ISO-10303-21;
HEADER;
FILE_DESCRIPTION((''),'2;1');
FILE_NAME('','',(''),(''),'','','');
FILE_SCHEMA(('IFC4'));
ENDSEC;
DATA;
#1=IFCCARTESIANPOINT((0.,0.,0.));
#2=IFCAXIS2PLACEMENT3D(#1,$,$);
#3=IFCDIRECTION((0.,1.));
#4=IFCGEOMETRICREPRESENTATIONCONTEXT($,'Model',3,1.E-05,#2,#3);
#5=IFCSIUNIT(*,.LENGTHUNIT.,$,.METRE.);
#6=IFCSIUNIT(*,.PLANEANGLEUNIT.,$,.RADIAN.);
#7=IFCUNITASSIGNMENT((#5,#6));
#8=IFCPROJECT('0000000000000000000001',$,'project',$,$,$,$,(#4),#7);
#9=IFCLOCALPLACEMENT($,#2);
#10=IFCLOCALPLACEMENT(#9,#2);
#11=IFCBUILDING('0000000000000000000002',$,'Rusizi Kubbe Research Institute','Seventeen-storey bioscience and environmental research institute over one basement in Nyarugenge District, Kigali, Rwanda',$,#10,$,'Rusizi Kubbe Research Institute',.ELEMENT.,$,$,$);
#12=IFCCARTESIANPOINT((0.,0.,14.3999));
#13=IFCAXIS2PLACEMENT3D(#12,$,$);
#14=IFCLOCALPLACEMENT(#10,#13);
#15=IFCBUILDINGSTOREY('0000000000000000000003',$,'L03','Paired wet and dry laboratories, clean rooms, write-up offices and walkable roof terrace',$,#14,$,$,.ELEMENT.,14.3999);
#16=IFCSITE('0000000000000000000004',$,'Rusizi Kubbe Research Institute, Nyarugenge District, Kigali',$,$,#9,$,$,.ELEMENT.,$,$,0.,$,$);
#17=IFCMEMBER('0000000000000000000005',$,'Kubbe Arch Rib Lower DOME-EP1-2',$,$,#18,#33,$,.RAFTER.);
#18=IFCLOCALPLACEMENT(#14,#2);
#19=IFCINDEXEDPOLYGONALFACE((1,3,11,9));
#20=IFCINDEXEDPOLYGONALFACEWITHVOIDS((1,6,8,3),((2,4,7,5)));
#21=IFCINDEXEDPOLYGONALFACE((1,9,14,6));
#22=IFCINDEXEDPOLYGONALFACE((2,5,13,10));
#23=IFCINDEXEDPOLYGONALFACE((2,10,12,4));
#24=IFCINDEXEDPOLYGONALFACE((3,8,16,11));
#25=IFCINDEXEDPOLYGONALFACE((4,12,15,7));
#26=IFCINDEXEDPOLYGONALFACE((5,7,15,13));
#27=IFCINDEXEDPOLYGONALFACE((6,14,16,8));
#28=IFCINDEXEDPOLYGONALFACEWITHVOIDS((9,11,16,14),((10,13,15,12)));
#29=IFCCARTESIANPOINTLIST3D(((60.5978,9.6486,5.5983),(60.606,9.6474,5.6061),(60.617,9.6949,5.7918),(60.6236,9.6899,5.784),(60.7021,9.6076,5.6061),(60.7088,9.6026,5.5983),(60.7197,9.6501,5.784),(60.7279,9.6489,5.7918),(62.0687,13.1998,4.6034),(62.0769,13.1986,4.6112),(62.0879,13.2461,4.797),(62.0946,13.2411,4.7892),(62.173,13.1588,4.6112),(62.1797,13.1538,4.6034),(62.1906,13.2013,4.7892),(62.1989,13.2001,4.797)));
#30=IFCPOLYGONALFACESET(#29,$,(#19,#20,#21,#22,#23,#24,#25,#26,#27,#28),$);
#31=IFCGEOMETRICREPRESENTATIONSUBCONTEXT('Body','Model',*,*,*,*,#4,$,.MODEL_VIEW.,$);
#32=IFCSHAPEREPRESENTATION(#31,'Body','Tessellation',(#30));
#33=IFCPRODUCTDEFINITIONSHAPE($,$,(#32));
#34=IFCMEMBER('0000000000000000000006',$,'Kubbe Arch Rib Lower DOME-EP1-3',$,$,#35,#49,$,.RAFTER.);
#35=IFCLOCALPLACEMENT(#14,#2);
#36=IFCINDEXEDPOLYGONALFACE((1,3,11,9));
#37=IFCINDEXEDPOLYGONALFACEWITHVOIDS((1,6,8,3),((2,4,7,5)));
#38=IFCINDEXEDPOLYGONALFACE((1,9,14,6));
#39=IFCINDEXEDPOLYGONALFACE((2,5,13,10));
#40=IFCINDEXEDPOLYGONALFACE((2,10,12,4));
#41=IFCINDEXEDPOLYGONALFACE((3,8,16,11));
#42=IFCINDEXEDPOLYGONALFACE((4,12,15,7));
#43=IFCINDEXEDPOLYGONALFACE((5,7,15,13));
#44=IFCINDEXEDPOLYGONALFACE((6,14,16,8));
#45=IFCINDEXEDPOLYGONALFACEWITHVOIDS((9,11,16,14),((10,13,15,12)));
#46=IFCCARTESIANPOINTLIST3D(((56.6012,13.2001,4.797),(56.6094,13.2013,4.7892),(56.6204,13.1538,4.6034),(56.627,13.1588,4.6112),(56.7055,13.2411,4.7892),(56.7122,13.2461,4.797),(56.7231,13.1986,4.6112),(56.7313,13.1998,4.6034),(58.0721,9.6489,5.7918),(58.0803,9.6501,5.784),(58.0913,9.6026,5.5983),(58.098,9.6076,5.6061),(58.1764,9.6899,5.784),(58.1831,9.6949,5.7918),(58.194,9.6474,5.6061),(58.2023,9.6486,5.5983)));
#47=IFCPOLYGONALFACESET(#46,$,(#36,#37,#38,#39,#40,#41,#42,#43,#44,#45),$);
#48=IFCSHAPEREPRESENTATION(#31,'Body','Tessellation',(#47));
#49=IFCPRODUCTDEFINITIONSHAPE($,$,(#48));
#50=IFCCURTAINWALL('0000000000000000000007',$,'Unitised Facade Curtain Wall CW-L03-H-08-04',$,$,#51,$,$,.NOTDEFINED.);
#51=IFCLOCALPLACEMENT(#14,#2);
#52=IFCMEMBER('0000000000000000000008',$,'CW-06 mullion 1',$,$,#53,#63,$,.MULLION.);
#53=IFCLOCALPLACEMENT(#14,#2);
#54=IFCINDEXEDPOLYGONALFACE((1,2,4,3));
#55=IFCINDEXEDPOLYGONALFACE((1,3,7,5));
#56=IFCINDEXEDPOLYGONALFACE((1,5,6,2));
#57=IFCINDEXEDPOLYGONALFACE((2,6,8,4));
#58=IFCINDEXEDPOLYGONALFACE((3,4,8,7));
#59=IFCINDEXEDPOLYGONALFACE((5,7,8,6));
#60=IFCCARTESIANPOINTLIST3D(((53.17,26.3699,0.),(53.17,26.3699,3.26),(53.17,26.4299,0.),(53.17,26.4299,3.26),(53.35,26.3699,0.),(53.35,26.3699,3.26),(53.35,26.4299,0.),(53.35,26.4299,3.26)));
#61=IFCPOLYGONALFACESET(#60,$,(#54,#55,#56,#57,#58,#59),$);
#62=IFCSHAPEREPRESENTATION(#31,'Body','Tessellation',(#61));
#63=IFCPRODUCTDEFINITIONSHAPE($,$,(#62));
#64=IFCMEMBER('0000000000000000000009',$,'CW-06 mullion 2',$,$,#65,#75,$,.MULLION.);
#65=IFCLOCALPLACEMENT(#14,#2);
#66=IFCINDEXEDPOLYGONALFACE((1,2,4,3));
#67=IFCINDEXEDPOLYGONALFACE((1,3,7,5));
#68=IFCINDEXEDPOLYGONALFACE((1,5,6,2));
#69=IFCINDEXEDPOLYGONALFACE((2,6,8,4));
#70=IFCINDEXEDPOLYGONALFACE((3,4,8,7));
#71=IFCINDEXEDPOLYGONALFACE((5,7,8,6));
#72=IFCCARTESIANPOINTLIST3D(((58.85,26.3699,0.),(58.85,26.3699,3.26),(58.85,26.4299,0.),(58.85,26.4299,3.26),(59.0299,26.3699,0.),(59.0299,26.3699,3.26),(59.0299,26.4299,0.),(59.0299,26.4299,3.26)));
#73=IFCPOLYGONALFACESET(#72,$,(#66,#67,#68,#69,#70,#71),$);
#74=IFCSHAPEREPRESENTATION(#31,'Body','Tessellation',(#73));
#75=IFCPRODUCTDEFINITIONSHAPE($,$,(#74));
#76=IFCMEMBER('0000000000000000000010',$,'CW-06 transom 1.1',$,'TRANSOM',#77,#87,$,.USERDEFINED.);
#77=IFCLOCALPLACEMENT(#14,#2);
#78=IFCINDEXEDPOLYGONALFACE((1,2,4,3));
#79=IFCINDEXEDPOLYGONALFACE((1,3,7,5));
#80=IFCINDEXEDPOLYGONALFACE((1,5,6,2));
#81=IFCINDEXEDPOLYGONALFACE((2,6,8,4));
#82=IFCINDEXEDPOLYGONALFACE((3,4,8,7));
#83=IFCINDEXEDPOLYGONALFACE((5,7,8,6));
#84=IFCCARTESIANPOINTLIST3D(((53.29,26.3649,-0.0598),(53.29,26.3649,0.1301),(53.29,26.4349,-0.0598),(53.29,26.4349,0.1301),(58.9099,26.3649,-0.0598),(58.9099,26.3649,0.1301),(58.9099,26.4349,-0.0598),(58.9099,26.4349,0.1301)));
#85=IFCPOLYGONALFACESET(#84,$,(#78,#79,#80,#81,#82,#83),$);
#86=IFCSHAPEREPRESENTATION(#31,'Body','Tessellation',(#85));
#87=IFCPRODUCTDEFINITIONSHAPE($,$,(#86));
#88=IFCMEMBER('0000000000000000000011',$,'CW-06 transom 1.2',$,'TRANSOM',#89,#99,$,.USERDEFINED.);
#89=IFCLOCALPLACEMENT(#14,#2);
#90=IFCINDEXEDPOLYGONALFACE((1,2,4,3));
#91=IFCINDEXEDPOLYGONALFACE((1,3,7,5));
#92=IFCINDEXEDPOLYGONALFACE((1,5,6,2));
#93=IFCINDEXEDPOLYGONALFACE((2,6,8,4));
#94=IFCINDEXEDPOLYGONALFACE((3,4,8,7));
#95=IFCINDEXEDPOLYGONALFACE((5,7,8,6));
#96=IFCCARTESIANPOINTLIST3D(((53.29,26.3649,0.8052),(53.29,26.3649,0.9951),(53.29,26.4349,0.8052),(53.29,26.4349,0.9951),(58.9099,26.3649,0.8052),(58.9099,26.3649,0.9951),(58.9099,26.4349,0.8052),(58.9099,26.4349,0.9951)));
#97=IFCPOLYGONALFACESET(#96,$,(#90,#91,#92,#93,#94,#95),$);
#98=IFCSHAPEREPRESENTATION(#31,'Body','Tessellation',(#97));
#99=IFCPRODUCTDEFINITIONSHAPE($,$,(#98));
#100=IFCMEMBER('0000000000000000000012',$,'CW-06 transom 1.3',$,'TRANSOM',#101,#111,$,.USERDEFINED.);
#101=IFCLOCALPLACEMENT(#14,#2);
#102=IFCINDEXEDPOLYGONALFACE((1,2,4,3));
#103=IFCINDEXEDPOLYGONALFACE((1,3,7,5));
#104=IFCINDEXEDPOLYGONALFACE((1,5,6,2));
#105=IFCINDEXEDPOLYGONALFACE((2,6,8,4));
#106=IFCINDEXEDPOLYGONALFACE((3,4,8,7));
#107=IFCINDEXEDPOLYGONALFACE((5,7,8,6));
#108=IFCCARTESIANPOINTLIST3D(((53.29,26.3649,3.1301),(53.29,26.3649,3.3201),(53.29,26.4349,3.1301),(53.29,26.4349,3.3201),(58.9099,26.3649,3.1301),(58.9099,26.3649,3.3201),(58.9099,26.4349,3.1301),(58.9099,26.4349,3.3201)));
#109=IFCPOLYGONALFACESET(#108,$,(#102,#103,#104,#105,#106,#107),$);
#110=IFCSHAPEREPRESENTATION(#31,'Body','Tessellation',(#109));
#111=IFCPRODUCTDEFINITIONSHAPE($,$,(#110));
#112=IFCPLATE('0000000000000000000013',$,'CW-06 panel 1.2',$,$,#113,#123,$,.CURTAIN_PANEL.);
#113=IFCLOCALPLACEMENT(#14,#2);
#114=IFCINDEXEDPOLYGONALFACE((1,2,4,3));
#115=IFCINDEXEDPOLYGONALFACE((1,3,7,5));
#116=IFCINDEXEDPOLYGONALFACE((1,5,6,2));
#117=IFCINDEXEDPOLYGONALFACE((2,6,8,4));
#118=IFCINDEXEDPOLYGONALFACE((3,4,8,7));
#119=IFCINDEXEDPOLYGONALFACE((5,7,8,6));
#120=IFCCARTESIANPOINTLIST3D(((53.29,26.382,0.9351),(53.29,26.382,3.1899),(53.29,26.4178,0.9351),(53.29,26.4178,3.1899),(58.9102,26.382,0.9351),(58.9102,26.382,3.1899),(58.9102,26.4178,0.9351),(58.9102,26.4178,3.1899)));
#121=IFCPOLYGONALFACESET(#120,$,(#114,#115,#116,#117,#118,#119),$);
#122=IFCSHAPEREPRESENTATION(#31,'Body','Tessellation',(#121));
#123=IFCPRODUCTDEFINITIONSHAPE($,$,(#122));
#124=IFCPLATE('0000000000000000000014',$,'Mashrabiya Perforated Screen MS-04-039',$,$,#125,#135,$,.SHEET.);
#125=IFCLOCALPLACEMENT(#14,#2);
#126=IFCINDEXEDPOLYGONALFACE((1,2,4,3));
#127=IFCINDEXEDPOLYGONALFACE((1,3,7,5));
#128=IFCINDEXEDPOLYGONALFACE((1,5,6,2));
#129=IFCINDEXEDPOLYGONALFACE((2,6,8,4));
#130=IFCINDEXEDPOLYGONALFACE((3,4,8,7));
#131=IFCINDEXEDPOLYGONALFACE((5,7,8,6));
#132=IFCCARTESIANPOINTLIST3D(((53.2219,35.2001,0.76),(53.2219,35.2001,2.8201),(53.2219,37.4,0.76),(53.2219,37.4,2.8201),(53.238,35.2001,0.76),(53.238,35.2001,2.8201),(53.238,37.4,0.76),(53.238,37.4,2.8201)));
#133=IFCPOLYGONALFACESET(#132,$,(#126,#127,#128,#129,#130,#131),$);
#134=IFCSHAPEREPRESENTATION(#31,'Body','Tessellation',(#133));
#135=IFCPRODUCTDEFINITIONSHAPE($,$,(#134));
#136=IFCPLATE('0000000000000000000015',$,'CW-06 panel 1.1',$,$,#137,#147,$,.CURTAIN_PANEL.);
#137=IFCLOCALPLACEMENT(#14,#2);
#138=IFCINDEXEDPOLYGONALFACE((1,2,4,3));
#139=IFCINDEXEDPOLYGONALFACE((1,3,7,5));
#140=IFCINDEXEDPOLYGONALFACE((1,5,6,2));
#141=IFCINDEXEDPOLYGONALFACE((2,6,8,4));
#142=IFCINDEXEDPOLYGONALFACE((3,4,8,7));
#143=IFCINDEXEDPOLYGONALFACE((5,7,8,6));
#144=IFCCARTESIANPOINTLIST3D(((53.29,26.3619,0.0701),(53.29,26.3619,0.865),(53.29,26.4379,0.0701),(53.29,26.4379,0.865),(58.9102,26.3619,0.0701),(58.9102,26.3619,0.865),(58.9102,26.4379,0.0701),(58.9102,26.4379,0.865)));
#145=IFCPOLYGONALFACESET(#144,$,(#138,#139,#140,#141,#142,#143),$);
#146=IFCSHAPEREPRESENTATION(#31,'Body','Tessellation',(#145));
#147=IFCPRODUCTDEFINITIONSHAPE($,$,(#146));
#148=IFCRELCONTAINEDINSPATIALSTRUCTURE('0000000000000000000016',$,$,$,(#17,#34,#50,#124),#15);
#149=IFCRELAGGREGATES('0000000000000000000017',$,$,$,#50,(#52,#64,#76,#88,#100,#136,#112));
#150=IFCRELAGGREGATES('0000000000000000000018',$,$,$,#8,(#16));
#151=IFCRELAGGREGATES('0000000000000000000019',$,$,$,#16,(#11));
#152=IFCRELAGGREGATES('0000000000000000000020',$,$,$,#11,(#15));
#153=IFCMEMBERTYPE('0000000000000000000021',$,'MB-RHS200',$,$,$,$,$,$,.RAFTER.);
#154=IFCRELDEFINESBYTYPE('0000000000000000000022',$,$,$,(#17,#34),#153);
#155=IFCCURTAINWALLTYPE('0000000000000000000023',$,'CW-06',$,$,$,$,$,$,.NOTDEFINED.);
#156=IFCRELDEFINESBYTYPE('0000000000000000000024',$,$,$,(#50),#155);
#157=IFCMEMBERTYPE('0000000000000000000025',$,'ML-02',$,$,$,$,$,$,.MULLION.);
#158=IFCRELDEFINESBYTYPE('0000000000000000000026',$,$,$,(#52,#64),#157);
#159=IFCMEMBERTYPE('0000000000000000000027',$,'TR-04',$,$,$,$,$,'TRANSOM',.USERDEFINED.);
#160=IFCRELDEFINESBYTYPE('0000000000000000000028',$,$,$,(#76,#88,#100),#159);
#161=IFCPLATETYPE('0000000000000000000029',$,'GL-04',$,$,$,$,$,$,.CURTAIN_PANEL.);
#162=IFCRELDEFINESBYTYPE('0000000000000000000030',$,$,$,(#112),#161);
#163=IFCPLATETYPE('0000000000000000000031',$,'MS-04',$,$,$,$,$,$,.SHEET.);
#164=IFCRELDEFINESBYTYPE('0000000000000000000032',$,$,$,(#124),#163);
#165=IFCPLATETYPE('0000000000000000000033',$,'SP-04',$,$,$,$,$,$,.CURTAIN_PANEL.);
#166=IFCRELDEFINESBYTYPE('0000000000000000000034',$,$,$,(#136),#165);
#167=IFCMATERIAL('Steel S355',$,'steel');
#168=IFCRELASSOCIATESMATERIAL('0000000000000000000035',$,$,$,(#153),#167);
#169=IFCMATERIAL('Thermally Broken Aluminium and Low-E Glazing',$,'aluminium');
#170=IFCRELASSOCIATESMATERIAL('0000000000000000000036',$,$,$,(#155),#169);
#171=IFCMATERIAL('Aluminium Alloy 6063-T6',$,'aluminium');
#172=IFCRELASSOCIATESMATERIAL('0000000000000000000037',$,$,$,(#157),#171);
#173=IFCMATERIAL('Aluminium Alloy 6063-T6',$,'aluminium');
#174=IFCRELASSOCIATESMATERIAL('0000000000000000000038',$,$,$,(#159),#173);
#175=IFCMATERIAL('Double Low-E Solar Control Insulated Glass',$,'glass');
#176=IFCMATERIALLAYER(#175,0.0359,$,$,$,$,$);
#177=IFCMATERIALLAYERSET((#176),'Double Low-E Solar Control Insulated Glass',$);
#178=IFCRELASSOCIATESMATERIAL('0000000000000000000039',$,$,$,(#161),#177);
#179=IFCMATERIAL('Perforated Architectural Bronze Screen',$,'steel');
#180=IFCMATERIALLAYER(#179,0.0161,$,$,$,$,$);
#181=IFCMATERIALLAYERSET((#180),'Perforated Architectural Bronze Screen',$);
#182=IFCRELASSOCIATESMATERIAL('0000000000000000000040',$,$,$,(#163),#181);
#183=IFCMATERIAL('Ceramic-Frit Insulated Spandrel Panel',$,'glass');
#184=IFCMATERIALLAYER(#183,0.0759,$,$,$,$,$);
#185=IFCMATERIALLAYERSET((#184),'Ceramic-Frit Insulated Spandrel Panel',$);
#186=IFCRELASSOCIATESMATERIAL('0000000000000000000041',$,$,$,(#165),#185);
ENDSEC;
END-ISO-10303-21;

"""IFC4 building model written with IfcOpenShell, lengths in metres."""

from ifc_helpers import new_model, si_unit, direction, frame, origin, origin_2d, place, context, subcontext, project, spatial, rectangle, hollow_rectangle, extrude, material, layer, layer_set, material_profile, profile_set, type_object, element, aggregate, save


model = new_model("IFC4")

# Units and contexts
model_context = context("Model", 3, precision=1e-05, world=origin(), true_north=direction((0.0, 1.0)))
body_context = subcontext(model_context, "Body", "Model", "MODEL_VIEW")
ifc_project = project(units=[si_unit("LENGTHUNIT", "METRE"), si_unit("PLANEANGLEUNIT", "RADIAN")], contexts=[model_context])

# Site, building, storey
site_placement = place(None, origin())
site = spatial("IfcSite", under=ifc_project, at=site_placement, Name="Rusizi Kubbe Research Institute, Nyarugenge District, Kigali", CompositionType="ELEMENT", RefElevation=0.0)
building_placement = place(site_placement, origin())
building = spatial("IfcBuilding", under=site, at=building_placement, Name="Rusizi Kubbe Research Institute", Description="Seventeen-storey bioscience and environmental research institute over one basement in Nyarugenge District, Kigali, Rwanda", LongName="Rusizi Kubbe Research Institute", CompositionType="ELEMENT")
storey_placement = place(building_placement, frame((0.0, 0.0, 14.3999)))
storey = spatial("IfcBuildingStorey", under=building, at=storey_placement, Name="L03", Description="Paired wet and dry laboratories, clean rooms, write-up offices and walkable roof terrace", CompositionType="ELEMENT", Elevation=14.3999)

# Members
ifc_material_1 = material(Name="Steel S355", Category="steel")
ifc_material_profile_1 = material_profile(ifc_material_1, hollow_rectangle(XDim=0.1201, YDim=0.2, WallThickness=0.0081, at=origin_2d()), Name="RHS 200x120x8.0")
ifc_profile_set_1 = profile_set([ifc_material_profile_1], Name="Steel S355")
member_type_1 = type_object("IfcMemberType", Name="MB-RHS200", PredefinedType="RAFTER", material=ifc_profile_set_1)
for number, where, z_axis, x_axis, name in (
    (1, (62.1338, 13.2, 4.7002), (-0.370468, -0.894411, 0.250565), (0.923883, -0.382675, 0.0), "Kubbe Arch Rib Lower DOME-EP1-2"),
    (2, (56.6663, 13.2, 4.7002), (0.370468, -0.894411, 0.250565), (0.923883, 0.382675, 0.0), "Kubbe Arch Rib Lower DOME-EP1-3"),
):
    element("IfcMember", number, at=place(storey_placement, frame(where, z_axis=z_axis, x_axis=x_axis)), inside=storey, type_object=member_type_1, Name=name, PredefinedType="RAFTER", context=body_context, shape_type="SweptSolid", body=[
        extrude(hollow_rectangle(XDim=0.1201, YDim=0.2, WallThickness=0.0081, at=origin_2d()), origin(), (0.0, 0.0, 1.0), 3.9705),
    ])

# Curtain wall, members, plate
ifc_material_2 = material(Name="Thermally Broken Aluminium and Low-E Glazing", Category="aluminium")
curtain_wall_type = type_object("IfcCurtainWallType", Name="CW-06", PredefinedType="NOTDEFINED", material=ifc_material_2)
curtain_wall_placement = place(storey_placement, origin())
curtain_wall = element("IfcCurtainWall", 3, at=curtain_wall_placement, inside=storey, type_object=curtain_wall_type, Name="Unitised Facade Curtain Wall CW-L03-H-08-04", PredefinedType="NOTDEFINED")
ifc_material_3 = material(Name="Aluminium Alloy 6063-T6", Category="aluminium")
ifc_material_profile_2 = material_profile(ifc_material_3, rectangle(XDim=0.0601, YDim=0.1799, at=origin_2d()), Name="ALU-M 60x180")
ifc_profile_set_2 = profile_set([ifc_material_profile_2], Name="Aluminium Alloy 6063-T6")
member_type_2 = type_object("IfcMemberType", Name="ML-02", PredefinedType="MULLION", material=ifc_profile_set_2)
member_1_placement = place(storey_placement, frame((53.26, 26.3999, 0.0), z_axis=(0.0, 0.0, 1.0), x_axis=(0.0, 1.0, 0.0)))
member_1 = element("IfcMember", 4, at=member_1_placement, type_object=member_type_2, Name="CW-06 mullion 1", PredefinedType="MULLION", context=body_context, shape_type="SweptSolid", body=[
    extrude(rectangle(XDim=0.0601, YDim=0.1799, at=origin_2d()), origin(), (0.0, 0.0, 1.0), 3.26),
])
member_2_placement = place(storey_placement, frame((58.9399, 26.3999, 0.0), z_axis=(0.0, 0.0, 1.0), x_axis=(0.0, 1.0, 0.0)))
member_2 = element("IfcMember", 5, at=member_2_placement, type_object=member_type_2, Name="CW-06 mullion 2", PredefinedType="MULLION", context=body_context, shape_type="SweptSolid", body=[
    extrude(rectangle(XDim=0.0601, YDim=0.1799, at=origin_2d()), origin(), (0.0, 0.0, 1.0), 3.26),
])
ifc_material_4 = material(Name="Aluminium Alloy 6063-T6", Category="aluminium")
ifc_material_profile_3 = material_profile(ifc_material_4, rectangle(XDim=0.0701, YDim=0.1899, at=origin_2d()), Name="ALU-T 70x190")
ifc_profile_set_3 = profile_set([ifc_material_profile_3], Name="Aluminium Alloy 6063-T6")
member_type_3 = type_object("IfcMemberType", Name="TR-04", ElementType="TRANSOM", PredefinedType="USERDEFINED", material=ifc_profile_set_3)
member_3_placement = place(storey_placement, frame((53.29, 26.3999, 0.0352), z_axis=(1.0, 0.0, 0.0), x_axis=(0.0, 1.0, 0.0)))
member_3 = element("IfcMember", 6, at=member_3_placement, type_object=member_type_3, Name="CW-06 transom 1.1", ObjectType="TRANSOM", PredefinedType="USERDEFINED", context=body_context, shape_type="SweptSolid", body=[
    extrude(rectangle(XDim=0.0701, YDim=0.1899, at=origin_2d()), origin(), (0.0, 0.0, 1.0), 5.6199),
])
member_4_placement = place(storey_placement, frame((53.29, 26.3999, 0.9001), z_axis=(1.0, 0.0, 0.0), x_axis=(0.0, 1.0, 0.0)))
member_4 = element("IfcMember", 7, at=member_4_placement, type_object=member_type_3, Name="CW-06 transom 1.2", ObjectType="TRANSOM", PredefinedType="USERDEFINED", context=body_context, shape_type="SweptSolid", body=[
    extrude(rectangle(XDim=0.0701, YDim=0.1899, at=origin_2d()), origin(), (0.0, 0.0, 1.0), 5.6199),
])
member_5_placement = place(storey_placement, frame((53.29, 26.3999, 3.2251), z_axis=(1.0, 0.0, 0.0), x_axis=(0.0, 1.0, 0.0)))
member_5 = element("IfcMember", 8, at=member_5_placement, type_object=member_type_3, Name="CW-06 transom 1.3", ObjectType="TRANSOM", PredefinedType="USERDEFINED", context=body_context, shape_type="SweptSolid", body=[
    extrude(rectangle(XDim=0.0701, YDim=0.1899, at=origin_2d()), origin(), (0.0, 0.0, 1.0), 5.6199),
])
ifc_material_5 = material(Name="Double Low-E Solar Control Insulated Glass", Category="glass")
ifc_layer_1 = layer(ifc_material_5, 0.0359)
ifc_layer_set_1 = layer_set([ifc_layer_1], Name="Double Low-E Solar Control Insulated Glass")
plate_type_1 = type_object("IfcPlateType", Name="GL-04", PredefinedType="CURTAIN_PANEL", material=ifc_layer_set_1)
plate_1_placement = place(storey_placement, frame((56.1001, 26.3999, 0.9351), z_axis=(0.0, 0.0, 1.0), x_axis=(1.0, 0.0, 0.0)))
plate_1 = element("IfcPlate", 9, at=plate_1_placement, type_object=plate_type_1, Name="CW-06 panel 1.2", PredefinedType="CURTAIN_PANEL", context=body_context, shape_type="SweptSolid", body=[
    extrude(rectangle(XDim=5.6201, YDim=0.0359, at=origin_2d()), origin(), (0.0, 0.0, 1.0), 2.2549),
])

# Plates
ifc_material_6 = material(Name="Perforated Architectural Bronze Screen", Category="steel")
ifc_layer_2 = layer(ifc_material_6, 0.0161)
ifc_layer_set_2 = layer_set([ifc_layer_2], Name="Perforated Architectural Bronze Screen")
plate_type_2 = type_object("IfcPlateType", Name="MS-04", PredefinedType="SHEET", material=ifc_layer_set_2)
plate_2_placement = place(storey_placement, frame((53.23, 36.3, 0.76), z_axis=(0.0, 0.0, 1.0), x_axis=(0.0, 1.0, 0.0)))
element("IfcPlate", 10, at=plate_2_placement, inside=storey, type_object=plate_type_2, Name="Mashrabiya Perforated Screen MS-04-039", PredefinedType="SHEET", context=body_context, shape_type="SweptSolid", body=[
    extrude(rectangle(XDim=2.2, YDim=0.0161, at=origin_2d()), origin(), (0.0, 0.0, 1.0), 2.0601),
])
ifc_material_7 = material(Name="Ceramic-Frit Insulated Spandrel Panel", Category="glass")
ifc_layer_3 = layer(ifc_material_7, 0.0759)
ifc_layer_set_3 = layer_set([ifc_layer_3], Name="Ceramic-Frit Insulated Spandrel Panel")
plate_type_3 = type_object("IfcPlateType", Name="SP-04", PredefinedType="CURTAIN_PANEL", material=ifc_layer_set_3)
plate_3_placement = place(storey_placement, frame((56.1001, 26.3999, 0.0701), z_axis=(0.0, 0.0, 1.0), x_axis=(1.0, 0.0, 0.0)))
plate_3 = element("IfcPlate", 11, at=plate_3_placement, type_object=plate_type_3, Name="CW-06 panel 1.1", PredefinedType="CURTAIN_PANEL", context=body_context, shape_type="SweptSolid", body=[
    extrude(rectangle(XDim=5.6201, YDim=0.0759, at=origin_2d()), origin(), (0.0, 0.0, 1.0), 0.7949),
])
aggregate(curtain_wall, [member_1, member_2, member_3, member_4, member_5, plate_3, plate_1])

save(model, "model.ifc")
